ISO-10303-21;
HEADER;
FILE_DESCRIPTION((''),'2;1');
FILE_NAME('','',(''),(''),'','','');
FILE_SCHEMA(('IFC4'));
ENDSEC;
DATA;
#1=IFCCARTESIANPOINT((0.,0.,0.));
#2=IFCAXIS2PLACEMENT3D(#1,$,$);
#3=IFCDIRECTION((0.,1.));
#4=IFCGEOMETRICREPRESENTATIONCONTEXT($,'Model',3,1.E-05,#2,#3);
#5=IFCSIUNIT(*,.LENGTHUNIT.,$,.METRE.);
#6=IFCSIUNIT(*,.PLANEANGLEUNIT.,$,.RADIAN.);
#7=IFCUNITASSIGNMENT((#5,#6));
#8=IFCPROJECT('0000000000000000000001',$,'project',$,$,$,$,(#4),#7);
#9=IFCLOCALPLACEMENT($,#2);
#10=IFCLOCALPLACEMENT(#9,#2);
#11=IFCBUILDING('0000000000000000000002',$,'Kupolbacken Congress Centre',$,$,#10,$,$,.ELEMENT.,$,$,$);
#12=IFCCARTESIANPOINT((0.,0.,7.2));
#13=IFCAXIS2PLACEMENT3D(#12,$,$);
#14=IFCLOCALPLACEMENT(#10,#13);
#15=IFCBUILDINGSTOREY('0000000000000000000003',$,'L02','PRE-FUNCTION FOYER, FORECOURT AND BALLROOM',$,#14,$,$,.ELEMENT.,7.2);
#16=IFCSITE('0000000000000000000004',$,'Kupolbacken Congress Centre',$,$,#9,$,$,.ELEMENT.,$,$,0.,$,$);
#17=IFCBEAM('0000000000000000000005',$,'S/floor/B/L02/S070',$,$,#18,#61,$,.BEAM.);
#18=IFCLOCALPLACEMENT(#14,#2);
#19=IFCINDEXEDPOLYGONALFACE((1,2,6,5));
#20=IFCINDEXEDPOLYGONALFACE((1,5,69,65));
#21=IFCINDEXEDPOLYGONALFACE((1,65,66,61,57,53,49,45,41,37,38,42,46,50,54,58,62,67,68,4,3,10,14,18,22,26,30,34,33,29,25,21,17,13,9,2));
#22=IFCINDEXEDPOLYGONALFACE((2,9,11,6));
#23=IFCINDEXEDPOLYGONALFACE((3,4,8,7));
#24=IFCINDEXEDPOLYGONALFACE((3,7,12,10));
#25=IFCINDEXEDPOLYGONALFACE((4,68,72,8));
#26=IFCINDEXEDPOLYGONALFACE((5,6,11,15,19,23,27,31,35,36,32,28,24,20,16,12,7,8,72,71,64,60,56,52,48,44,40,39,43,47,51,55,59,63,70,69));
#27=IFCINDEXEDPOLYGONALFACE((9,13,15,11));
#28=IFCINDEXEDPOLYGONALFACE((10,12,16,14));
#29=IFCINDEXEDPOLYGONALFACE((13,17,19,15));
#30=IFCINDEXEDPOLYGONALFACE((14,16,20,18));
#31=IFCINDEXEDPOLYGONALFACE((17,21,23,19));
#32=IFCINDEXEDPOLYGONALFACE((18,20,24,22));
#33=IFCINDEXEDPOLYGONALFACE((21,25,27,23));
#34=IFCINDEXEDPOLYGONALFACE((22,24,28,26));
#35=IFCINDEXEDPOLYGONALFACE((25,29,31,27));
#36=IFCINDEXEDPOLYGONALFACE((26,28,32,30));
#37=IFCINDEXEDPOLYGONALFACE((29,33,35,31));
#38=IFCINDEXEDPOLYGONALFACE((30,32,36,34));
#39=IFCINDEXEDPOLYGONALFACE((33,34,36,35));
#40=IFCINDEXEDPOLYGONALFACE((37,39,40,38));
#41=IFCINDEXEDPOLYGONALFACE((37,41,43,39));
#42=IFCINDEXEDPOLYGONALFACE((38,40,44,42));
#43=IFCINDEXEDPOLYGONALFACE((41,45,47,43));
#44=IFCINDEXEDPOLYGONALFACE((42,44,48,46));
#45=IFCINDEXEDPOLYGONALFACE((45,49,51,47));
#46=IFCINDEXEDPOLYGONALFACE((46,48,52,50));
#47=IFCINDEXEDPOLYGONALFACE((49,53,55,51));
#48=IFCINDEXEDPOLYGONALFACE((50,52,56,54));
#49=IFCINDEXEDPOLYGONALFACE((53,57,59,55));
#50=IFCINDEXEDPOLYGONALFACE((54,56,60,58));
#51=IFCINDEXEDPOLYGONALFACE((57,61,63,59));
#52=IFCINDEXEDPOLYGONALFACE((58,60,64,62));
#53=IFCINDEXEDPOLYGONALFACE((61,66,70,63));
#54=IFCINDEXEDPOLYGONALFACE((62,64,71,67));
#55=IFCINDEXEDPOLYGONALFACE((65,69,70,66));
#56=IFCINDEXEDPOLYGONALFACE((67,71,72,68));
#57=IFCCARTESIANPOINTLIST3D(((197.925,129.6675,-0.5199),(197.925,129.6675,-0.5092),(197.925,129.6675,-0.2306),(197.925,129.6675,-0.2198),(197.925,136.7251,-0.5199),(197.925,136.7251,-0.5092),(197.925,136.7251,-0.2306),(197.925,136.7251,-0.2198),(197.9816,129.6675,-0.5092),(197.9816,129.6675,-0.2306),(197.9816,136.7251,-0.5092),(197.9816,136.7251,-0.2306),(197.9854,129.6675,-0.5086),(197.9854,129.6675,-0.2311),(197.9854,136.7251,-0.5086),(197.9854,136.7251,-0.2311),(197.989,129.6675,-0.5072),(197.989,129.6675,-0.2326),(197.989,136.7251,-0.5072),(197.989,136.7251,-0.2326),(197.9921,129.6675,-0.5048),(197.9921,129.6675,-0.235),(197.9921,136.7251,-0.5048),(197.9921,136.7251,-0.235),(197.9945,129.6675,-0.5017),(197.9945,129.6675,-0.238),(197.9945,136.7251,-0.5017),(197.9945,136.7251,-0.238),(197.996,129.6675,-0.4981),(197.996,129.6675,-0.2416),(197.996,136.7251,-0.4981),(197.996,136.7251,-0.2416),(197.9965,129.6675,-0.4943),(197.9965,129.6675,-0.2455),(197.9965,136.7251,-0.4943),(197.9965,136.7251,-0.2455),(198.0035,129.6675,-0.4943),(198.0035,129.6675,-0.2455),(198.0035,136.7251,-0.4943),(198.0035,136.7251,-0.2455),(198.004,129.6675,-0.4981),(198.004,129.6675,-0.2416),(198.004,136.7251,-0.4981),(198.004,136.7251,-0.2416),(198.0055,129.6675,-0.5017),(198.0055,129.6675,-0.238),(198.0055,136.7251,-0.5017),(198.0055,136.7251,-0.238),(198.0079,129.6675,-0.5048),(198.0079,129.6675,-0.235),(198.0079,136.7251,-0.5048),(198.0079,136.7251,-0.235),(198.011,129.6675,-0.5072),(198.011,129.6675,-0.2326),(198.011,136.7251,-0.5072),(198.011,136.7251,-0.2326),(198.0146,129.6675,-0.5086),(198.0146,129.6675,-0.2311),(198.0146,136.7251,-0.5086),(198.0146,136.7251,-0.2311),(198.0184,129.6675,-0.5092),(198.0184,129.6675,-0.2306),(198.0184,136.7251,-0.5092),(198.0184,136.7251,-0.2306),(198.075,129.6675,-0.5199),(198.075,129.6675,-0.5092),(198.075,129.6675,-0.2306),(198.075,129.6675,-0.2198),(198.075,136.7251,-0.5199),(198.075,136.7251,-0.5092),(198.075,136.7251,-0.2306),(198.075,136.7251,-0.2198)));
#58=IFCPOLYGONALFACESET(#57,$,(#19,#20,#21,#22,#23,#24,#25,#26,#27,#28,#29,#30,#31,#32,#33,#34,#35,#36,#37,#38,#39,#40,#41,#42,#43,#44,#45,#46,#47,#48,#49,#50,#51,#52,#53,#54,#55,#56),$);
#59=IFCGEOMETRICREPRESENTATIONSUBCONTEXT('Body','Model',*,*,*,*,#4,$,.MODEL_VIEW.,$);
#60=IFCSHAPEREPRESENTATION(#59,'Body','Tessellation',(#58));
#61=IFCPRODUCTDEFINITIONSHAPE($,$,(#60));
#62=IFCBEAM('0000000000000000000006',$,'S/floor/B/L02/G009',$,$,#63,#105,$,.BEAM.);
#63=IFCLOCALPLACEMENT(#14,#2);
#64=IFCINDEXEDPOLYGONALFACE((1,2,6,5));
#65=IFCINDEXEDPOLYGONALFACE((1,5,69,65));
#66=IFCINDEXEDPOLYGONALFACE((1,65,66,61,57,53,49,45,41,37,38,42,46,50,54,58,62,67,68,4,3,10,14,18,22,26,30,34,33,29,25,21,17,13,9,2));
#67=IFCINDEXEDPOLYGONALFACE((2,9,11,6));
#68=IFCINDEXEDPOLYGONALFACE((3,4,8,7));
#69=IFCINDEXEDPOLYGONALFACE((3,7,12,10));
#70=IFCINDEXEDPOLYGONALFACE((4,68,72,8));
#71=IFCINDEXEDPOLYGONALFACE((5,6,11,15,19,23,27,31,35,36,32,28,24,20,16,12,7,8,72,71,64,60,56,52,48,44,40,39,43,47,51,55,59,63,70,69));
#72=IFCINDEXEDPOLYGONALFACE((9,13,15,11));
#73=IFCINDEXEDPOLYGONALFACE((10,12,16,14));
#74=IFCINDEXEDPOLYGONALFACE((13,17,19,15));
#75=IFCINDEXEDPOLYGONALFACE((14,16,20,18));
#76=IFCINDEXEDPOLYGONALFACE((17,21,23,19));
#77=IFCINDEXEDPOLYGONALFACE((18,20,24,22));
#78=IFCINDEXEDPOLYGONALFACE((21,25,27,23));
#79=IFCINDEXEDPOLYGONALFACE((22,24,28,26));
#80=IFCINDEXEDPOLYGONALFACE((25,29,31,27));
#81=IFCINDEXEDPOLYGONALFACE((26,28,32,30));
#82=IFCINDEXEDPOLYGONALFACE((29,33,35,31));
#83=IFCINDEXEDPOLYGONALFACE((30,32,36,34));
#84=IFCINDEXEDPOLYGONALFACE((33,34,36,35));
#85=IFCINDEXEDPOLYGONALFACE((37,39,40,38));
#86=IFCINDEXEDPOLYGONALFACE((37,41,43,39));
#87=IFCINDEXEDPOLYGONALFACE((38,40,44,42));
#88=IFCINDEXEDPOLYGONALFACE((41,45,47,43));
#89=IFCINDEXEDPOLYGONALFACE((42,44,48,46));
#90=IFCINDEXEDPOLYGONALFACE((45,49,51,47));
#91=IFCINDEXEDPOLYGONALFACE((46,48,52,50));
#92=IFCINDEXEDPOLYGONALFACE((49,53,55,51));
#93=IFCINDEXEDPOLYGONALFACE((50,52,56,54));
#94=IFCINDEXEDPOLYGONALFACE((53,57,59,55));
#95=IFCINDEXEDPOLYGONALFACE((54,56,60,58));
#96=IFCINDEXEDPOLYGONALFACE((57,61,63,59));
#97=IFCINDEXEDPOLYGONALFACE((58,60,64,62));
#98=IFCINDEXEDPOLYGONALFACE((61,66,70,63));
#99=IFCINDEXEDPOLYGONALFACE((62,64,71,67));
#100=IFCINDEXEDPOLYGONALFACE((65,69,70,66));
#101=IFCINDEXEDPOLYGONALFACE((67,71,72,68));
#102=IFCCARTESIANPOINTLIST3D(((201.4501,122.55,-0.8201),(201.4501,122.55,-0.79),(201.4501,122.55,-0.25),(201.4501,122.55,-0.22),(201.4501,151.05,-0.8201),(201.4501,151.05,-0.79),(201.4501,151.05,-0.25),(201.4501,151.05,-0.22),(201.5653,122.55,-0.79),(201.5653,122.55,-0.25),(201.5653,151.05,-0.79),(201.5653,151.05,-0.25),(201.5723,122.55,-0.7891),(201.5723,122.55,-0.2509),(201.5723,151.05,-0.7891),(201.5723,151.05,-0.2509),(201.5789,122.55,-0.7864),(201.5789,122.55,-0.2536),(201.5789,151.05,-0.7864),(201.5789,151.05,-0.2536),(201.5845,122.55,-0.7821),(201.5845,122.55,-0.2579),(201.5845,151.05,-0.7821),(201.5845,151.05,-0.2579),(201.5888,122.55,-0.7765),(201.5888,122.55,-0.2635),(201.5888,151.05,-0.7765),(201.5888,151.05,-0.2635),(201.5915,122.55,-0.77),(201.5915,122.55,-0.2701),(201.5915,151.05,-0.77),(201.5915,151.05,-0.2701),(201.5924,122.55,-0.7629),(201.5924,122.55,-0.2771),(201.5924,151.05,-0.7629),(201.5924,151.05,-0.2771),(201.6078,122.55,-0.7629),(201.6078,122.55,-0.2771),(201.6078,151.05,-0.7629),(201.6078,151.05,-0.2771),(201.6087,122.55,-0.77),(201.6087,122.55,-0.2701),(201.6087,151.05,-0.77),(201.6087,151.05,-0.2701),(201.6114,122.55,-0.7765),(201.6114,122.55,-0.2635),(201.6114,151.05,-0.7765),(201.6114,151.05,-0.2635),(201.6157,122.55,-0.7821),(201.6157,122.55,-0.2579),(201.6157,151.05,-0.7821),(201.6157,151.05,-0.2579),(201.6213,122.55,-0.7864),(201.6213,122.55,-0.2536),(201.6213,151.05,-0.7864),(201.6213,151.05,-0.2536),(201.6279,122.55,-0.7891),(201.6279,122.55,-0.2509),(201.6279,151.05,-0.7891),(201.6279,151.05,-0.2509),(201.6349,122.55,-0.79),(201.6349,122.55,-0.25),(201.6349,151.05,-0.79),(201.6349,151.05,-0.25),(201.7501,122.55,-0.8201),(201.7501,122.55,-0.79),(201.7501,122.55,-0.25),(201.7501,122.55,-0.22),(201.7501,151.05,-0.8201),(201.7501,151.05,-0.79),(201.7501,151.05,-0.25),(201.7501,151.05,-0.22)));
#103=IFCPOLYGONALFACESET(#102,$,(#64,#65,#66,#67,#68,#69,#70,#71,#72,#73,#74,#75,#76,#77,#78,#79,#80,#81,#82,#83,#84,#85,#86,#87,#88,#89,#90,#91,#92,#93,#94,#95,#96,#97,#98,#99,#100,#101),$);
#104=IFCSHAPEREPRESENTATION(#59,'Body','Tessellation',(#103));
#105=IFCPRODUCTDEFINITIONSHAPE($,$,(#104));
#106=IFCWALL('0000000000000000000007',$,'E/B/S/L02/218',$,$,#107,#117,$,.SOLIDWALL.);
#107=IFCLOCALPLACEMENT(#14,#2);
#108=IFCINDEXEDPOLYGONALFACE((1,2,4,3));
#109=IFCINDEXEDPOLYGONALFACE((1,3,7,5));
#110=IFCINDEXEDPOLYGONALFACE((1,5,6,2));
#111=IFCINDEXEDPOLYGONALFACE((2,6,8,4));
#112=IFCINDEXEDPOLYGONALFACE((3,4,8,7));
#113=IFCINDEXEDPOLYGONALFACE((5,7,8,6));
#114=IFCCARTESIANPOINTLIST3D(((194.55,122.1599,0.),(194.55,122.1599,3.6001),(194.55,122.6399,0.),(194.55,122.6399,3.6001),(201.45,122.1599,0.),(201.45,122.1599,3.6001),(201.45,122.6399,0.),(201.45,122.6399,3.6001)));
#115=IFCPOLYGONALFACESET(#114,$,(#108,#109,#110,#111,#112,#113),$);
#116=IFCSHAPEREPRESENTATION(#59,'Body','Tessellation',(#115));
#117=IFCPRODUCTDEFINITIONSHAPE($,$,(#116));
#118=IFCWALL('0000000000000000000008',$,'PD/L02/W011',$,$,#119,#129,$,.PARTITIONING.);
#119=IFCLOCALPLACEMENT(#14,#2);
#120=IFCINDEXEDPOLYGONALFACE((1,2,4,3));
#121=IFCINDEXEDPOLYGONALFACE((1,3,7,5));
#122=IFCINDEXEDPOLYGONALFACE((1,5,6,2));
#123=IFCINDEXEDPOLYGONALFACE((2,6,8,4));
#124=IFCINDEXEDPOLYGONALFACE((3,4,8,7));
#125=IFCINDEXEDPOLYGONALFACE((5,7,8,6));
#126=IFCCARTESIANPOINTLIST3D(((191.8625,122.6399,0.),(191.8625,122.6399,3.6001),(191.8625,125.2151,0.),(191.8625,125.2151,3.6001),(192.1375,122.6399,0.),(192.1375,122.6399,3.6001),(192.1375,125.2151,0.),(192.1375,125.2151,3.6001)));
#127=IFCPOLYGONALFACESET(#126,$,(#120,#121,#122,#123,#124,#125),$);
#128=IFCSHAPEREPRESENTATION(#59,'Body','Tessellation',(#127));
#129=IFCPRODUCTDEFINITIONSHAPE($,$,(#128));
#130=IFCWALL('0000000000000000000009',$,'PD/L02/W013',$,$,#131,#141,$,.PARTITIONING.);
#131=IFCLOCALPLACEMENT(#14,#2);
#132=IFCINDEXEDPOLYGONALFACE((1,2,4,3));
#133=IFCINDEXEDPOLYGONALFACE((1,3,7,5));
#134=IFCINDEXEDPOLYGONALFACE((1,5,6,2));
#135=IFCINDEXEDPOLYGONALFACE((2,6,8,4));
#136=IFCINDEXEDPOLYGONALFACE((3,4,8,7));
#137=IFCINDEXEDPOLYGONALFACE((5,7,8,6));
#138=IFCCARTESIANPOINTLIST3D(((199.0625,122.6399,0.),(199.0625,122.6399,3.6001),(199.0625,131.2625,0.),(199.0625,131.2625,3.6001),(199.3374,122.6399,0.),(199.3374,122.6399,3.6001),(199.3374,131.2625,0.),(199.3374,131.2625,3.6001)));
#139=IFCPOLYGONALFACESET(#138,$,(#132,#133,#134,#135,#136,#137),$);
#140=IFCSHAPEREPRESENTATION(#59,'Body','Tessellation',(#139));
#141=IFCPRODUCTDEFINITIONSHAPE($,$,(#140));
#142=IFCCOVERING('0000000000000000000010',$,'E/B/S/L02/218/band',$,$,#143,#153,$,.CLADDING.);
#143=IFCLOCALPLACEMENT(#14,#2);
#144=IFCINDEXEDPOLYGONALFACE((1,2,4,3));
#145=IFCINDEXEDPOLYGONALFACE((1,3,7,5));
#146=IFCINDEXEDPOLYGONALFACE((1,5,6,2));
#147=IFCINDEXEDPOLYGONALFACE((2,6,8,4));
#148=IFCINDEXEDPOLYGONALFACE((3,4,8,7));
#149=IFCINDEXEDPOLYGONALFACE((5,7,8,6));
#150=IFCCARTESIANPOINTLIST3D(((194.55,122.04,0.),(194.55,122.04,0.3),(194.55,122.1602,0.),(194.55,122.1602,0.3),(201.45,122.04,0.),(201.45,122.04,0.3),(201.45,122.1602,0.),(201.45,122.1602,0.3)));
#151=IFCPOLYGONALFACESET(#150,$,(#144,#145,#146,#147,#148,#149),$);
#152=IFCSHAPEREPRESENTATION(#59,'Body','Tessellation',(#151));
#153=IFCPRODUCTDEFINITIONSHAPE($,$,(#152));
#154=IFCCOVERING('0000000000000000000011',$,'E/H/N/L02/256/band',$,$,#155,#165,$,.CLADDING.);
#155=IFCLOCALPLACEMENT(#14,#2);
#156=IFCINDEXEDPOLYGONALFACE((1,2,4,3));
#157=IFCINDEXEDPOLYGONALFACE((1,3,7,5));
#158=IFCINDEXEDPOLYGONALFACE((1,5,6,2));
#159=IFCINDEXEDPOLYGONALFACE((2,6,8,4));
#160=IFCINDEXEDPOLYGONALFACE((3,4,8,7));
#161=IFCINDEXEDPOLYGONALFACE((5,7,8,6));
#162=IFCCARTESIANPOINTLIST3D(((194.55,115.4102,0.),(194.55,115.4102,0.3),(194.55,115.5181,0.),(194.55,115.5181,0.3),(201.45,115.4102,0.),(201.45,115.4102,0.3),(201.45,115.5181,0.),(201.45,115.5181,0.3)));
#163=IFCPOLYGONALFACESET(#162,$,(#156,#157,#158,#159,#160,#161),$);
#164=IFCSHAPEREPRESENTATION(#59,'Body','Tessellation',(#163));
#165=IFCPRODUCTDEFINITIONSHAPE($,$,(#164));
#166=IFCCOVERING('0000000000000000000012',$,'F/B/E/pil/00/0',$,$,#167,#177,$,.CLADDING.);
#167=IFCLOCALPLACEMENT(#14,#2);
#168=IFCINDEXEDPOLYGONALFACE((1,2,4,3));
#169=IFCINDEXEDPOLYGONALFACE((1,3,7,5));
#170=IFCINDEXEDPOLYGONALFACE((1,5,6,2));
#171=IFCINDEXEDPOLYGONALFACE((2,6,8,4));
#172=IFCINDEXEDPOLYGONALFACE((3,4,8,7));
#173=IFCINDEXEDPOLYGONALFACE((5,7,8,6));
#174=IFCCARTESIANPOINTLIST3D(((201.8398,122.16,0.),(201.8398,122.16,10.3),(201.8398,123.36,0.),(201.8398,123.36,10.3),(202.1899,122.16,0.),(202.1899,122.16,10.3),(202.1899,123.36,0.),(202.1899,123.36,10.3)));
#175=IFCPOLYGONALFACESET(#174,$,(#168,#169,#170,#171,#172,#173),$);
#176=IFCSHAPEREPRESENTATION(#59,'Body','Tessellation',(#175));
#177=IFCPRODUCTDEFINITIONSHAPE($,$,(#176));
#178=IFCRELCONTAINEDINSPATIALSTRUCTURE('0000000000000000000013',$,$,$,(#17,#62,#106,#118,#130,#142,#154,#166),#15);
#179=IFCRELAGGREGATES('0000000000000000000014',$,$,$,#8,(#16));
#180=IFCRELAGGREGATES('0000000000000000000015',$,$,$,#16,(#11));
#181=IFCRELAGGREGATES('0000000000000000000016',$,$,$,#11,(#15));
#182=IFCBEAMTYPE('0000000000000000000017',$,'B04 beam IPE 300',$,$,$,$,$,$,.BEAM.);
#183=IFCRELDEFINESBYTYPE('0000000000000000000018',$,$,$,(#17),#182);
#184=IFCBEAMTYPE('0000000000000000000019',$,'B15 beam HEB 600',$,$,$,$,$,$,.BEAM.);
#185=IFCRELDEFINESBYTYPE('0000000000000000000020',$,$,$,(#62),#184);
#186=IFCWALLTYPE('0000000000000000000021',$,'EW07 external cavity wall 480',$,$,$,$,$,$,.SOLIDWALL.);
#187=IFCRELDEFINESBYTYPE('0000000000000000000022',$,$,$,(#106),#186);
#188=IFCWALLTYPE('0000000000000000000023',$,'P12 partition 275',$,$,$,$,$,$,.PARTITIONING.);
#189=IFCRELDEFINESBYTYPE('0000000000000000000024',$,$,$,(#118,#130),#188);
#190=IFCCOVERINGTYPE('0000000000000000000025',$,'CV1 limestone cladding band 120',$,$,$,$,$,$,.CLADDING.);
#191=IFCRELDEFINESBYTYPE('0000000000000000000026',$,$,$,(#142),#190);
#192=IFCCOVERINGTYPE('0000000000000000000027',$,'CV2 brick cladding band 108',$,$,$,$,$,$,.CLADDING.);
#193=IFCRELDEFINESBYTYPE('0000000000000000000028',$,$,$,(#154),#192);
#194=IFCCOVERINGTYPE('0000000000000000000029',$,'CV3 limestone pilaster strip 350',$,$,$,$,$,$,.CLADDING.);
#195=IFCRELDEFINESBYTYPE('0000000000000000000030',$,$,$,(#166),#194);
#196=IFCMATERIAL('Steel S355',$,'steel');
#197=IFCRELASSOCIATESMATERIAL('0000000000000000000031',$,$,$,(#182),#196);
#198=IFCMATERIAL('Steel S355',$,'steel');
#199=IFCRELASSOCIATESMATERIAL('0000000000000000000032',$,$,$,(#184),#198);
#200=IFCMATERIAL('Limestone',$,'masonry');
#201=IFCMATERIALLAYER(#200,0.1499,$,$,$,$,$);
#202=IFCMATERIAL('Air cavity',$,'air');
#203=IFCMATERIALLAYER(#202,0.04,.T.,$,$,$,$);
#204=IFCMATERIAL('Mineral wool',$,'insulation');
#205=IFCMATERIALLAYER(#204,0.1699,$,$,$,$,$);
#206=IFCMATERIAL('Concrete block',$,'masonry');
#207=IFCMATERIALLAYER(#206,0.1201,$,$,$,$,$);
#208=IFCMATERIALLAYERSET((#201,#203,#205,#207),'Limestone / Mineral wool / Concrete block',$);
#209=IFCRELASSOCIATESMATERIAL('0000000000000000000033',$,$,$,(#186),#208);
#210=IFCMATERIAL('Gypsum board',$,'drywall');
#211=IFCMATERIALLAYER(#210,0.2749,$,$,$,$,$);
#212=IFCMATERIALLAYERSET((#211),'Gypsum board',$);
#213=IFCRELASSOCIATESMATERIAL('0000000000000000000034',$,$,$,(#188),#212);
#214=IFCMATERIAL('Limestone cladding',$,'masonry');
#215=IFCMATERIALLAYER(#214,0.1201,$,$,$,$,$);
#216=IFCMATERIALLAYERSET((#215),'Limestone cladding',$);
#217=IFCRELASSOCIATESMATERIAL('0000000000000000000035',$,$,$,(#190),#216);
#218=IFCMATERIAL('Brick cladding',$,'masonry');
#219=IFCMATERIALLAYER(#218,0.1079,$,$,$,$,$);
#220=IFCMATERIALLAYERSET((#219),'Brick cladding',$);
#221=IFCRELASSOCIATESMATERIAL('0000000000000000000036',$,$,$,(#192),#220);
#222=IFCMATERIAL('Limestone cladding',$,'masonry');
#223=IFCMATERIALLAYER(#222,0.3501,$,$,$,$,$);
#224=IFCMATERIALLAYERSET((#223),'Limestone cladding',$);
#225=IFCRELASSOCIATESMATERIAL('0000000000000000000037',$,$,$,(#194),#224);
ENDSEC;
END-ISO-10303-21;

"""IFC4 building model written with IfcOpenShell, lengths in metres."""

from ifc_helpers import new_model, si_unit, direction, frame, frame_2d, origin, origin_2d, place, context, subcontext, project, spatial, rectangle, i_section, extrude, material, layer, layer_set, material_profile, profile_set, type_object, element, save


model = new_model("IFC4")

# Units and contexts
model_context = context("Model", 3, precision=1e-05, world=origin(), true_north=direction((0.0, 1.0)))
body_context = subcontext(model_context, "Body", "Model", "MODEL_VIEW")
ifc_project = project(units=[si_unit("LENGTHUNIT", "METRE"), si_unit("PLANEANGLEUNIT", "RADIAN")], contexts=[model_context])

# Site, building, storey
site_placement = place(None, origin())
site = spatial("IfcSite", under=ifc_project, at=site_placement, Name="Kupolbacken Congress Centre", CompositionType="ELEMENT", RefElevation=0.0)
building_placement = place(site_placement, origin())
building = spatial("IfcBuilding", under=site, at=building_placement, Name="Kupolbacken Congress Centre", CompositionType="ELEMENT")
storey_placement = place(building_placement, frame((0.0, 0.0, 7.2)))
storey = spatial("IfcBuildingStorey", under=building, at=storey_placement, Name="L02", Description="PRE-FUNCTION FOYER, FORECOURT AND BALLROOM", CompositionType="ELEMENT", Elevation=7.2)

# Beams
ifc_material_1 = material(Name="Steel S355", Category="steel")
ifc_material_profile_1 = material_profile(ifc_material_1, i_section(OverallWidth=0.1499, OverallDepth=0.3, WebThickness=0.0071, FlangeThickness=0.0107, FilletRadius=0.0149, at=origin_2d()), Name="IPE 300")
ifc_profile_set_1 = profile_set([ifc_material_profile_1], Name="Steel S355")
beam_type_1 = type_object("IfcBeamType", Name="B04 beam IPE 300", PredefinedType="BEAM", material=ifc_profile_set_1)
beam_1_placement = place(storey_placement, frame((198.0, 129.6675, -0.3699), z_axis=(0.0, 1.0, 0.0), x_axis=(-1.0, 0.0, 0.0)))
element("IfcBeam", 1, at=beam_1_placement, inside=storey, type_object=beam_type_1, Name="S/floor/B/L02/S070", PredefinedType="BEAM", context=body_context, shape_type="SweptSolid", body=[
    extrude(i_section(OverallWidth=0.1499, OverallDepth=0.3, WebThickness=0.0071, FlangeThickness=0.0107, FilletRadius=0.0149, at=origin_2d()), origin(), (0.0, 0.0, 1.0), 7.0576),
])
ifc_material_2 = material(Name="Steel S355", Category="steel")
ifc_material_profile_2 = material_profile(ifc_material_2, i_section(OverallWidth=0.3, OverallDepth=0.6001, WebThickness=0.0154, FlangeThickness=0.03, FilletRadius=0.0271, at=origin_2d()), Name="HEB 600")
ifc_profile_set_2 = profile_set([ifc_material_profile_2], Name="Steel S355")
beam_type_2 = type_object("IfcBeamType", Name="B15 beam HEB 600", PredefinedType="BEAM", material=ifc_profile_set_2)
beam_2_placement = place(storey_placement, frame((201.6001, 122.55, -0.52), z_axis=(0.0, 1.0, 0.0), x_axis=(-1.0, 0.0, 0.0)))
element("IfcBeam", 2, at=beam_2_placement, inside=storey, type_object=beam_type_2, Name="S/floor/B/L02/G009", PredefinedType="BEAM", context=body_context, shape_type="SweptSolid", body=[
    extrude(i_section(OverallWidth=0.3, OverallDepth=0.6001, WebThickness=0.0154, FlangeThickness=0.03, FilletRadius=0.0271, at=origin_2d()), origin(), (0.0, 0.0, 1.0), 28.5),
])

# Shared definitions
ifc_material_3 = material(Name="Limestone", Category="masonry")
ifc_layer_1 = layer(ifc_material_3, 0.1499)
ifc_material_4 = material(Name="Air cavity", Category="air")
ifc_layer_2 = layer(ifc_material_4, 0.04, ventilated=True)
ifc_material_5 = material(Name="Mineral wool", Category="insulation")
ifc_layer_3 = layer(ifc_material_5, 0.1699)
ifc_material_6 = material(Name="Concrete block", Category="masonry")
ifc_layer_4 = layer(ifc_material_6, 0.1201)
ifc_layer_set_1 = layer_set([ifc_layer_1, ifc_layer_2, ifc_layer_3, ifc_layer_4], Name="Limestone / Mineral wool / Concrete block")
wall_type_1 = type_object("IfcWallType", Name="EW07 external cavity wall 480", PredefinedType="SOLIDWALL", material=ifc_layer_set_1)

# Walls
wall_1_placement = place(storey_placement, frame((194.55, 122.3999, 0.0), z_axis=(0.0, 0.0, 1.0), x_axis=(1.0, 0.0, 0.0)))
element("IfcWall", 3, at=wall_1_placement, inside=storey, type_object=wall_type_1, Name="E/B/S/L02/218", PredefinedType="SOLIDWALL", context=body_context, shape_type="SweptSolid", body=[
    extrude(rectangle(XDim=6.8999, YDim=0.48, at=frame_2d((3.45, 0.0))), origin(), (0.0, 0.0, 1.0), 3.6001),
])
ifc_material_7 = material(Name="Gypsum board", Category="drywall")
ifc_layer_5 = layer(ifc_material_7, 0.2749)
ifc_layer_set_2 = layer_set([ifc_layer_5], Name="Gypsum board")
wall_type_2 = type_object("IfcWallType", Name="P12 partition 275", PredefinedType="PARTITIONING", material=ifc_layer_set_2)
wall_2_placement = place(storey_placement, frame((192.0, 122.6399, 0.0), z_axis=(0.0, 0.0, 1.0), x_axis=(0.0, 1.0, 0.0)))
element("IfcWall", 4, at=wall_2_placement, inside=storey, type_object=wall_type_2, Name="PD/L02/W011", PredefinedType="PARTITIONING", context=body_context, shape_type="SweptSolid", body=[
    extrude(rectangle(XDim=2.5752, YDim=0.2749, at=frame_2d((1.2876, 0.0))), origin(), (0.0, 0.0, 1.0), 3.6001),
])
wall_3_placement = place(storey_placement, frame((199.2, 131.2625, 0.0), z_axis=(0.0, 0.0, 1.0), x_axis=(0.0, -1.0, 0.0)))
element("IfcWall", 5, at=wall_3_placement, inside=storey, type_object=wall_type_2, Name="PD/L02/W013", PredefinedType="PARTITIONING", context=body_context, shape_type="SweptSolid", body=[
    extrude(rectangle(XDim=8.6226, YDim=0.2749, at=frame_2d((4.3113, 0.0))), origin(), (0.0, 0.0, 1.0), 3.6001),
])

# Coverings
ifc_material_8 = material(Name="Limestone cladding", Category="masonry")
ifc_layer_6 = layer(ifc_material_8, 0.1201)
ifc_layer_set_3 = layer_set([ifc_layer_6], Name="Limestone cladding")
covering_type_1 = type_object("IfcCoveringType", Name="CV1 limestone cladding band 120", PredefinedType="CLADDING", material=ifc_layer_set_3)
covering_1_placement = place(storey_placement, frame((198.0, 122.1001, 0.0), z_axis=(0.0, 0.0, 1.0), x_axis=(1.0, 0.0, 0.0)))
element("IfcCovering", 6, at=covering_1_placement, inside=storey, type_object=covering_type_1, Name="E/B/S/L02/218/band", PredefinedType="CLADDING", context=body_context, shape_type="SweptSolid", body=[
    extrude(rectangle(XDim=6.8999, YDim=0.1201, at=origin_2d()), origin(), (0.0, 0.0, 1.0), 0.3),
])
ifc_material_9 = material(Name="Brick cladding", Category="masonry")
ifc_layer_7 = layer(ifc_material_9, 0.1079)
ifc_layer_set_4 = layer_set([ifc_layer_7], Name="Brick cladding")
covering_type_2 = type_object("IfcCoveringType", Name="CV2 brick cladding band 108", PredefinedType="CLADDING", material=ifc_layer_set_4)
covering_2_placement = place(storey_placement, frame((198.0, 115.4641, 0.0), z_axis=(0.0, 0.0, 1.0), x_axis=(-1.0, 0.0, 0.0)))
element("IfcCovering", 7, at=covering_2_placement, inside=storey, type_object=covering_type_2, Name="E/H/N/L02/256/band", PredefinedType="CLADDING", context=body_context, shape_type="SweptSolid", body=[
    extrude(rectangle(XDim=6.8999, YDim=0.1079, at=origin_2d()), origin(), (0.0, 0.0, 1.0), 0.3),
])
ifc_material_10 = material(Name="Limestone cladding", Category="masonry")
ifc_layer_8 = layer(ifc_material_10, 0.3501)
ifc_layer_set_5 = layer_set([ifc_layer_8], Name="Limestone cladding")
covering_type_3 = type_object("IfcCoveringType", Name="CV3 limestone pilaster strip 350", PredefinedType="CLADDING", material=ifc_layer_set_5)
for number, where, z_axis, x_axis, name in (
    (8, (202.0149, 122.76, 0.0), (0.0, 0.0, 1.0), (0.0, 1.0, 0.0), "F/B/E/pil/00/0"),
):
    element("IfcCovering", number, at=place(storey_placement, frame(where, z_axis=z_axis, x_axis=x_axis)), inside=storey, type_object=covering_type_3, Name=name, PredefinedType="CLADDING", context=body_context, shape_type="SweptSolid", body=[
        extrude(rectangle(XDim=1.2, YDim=0.3501, at=origin_2d()), origin(), (0.0, 0.0, 1.0), 10.3),
    ])

save(model, "model.ifc")
